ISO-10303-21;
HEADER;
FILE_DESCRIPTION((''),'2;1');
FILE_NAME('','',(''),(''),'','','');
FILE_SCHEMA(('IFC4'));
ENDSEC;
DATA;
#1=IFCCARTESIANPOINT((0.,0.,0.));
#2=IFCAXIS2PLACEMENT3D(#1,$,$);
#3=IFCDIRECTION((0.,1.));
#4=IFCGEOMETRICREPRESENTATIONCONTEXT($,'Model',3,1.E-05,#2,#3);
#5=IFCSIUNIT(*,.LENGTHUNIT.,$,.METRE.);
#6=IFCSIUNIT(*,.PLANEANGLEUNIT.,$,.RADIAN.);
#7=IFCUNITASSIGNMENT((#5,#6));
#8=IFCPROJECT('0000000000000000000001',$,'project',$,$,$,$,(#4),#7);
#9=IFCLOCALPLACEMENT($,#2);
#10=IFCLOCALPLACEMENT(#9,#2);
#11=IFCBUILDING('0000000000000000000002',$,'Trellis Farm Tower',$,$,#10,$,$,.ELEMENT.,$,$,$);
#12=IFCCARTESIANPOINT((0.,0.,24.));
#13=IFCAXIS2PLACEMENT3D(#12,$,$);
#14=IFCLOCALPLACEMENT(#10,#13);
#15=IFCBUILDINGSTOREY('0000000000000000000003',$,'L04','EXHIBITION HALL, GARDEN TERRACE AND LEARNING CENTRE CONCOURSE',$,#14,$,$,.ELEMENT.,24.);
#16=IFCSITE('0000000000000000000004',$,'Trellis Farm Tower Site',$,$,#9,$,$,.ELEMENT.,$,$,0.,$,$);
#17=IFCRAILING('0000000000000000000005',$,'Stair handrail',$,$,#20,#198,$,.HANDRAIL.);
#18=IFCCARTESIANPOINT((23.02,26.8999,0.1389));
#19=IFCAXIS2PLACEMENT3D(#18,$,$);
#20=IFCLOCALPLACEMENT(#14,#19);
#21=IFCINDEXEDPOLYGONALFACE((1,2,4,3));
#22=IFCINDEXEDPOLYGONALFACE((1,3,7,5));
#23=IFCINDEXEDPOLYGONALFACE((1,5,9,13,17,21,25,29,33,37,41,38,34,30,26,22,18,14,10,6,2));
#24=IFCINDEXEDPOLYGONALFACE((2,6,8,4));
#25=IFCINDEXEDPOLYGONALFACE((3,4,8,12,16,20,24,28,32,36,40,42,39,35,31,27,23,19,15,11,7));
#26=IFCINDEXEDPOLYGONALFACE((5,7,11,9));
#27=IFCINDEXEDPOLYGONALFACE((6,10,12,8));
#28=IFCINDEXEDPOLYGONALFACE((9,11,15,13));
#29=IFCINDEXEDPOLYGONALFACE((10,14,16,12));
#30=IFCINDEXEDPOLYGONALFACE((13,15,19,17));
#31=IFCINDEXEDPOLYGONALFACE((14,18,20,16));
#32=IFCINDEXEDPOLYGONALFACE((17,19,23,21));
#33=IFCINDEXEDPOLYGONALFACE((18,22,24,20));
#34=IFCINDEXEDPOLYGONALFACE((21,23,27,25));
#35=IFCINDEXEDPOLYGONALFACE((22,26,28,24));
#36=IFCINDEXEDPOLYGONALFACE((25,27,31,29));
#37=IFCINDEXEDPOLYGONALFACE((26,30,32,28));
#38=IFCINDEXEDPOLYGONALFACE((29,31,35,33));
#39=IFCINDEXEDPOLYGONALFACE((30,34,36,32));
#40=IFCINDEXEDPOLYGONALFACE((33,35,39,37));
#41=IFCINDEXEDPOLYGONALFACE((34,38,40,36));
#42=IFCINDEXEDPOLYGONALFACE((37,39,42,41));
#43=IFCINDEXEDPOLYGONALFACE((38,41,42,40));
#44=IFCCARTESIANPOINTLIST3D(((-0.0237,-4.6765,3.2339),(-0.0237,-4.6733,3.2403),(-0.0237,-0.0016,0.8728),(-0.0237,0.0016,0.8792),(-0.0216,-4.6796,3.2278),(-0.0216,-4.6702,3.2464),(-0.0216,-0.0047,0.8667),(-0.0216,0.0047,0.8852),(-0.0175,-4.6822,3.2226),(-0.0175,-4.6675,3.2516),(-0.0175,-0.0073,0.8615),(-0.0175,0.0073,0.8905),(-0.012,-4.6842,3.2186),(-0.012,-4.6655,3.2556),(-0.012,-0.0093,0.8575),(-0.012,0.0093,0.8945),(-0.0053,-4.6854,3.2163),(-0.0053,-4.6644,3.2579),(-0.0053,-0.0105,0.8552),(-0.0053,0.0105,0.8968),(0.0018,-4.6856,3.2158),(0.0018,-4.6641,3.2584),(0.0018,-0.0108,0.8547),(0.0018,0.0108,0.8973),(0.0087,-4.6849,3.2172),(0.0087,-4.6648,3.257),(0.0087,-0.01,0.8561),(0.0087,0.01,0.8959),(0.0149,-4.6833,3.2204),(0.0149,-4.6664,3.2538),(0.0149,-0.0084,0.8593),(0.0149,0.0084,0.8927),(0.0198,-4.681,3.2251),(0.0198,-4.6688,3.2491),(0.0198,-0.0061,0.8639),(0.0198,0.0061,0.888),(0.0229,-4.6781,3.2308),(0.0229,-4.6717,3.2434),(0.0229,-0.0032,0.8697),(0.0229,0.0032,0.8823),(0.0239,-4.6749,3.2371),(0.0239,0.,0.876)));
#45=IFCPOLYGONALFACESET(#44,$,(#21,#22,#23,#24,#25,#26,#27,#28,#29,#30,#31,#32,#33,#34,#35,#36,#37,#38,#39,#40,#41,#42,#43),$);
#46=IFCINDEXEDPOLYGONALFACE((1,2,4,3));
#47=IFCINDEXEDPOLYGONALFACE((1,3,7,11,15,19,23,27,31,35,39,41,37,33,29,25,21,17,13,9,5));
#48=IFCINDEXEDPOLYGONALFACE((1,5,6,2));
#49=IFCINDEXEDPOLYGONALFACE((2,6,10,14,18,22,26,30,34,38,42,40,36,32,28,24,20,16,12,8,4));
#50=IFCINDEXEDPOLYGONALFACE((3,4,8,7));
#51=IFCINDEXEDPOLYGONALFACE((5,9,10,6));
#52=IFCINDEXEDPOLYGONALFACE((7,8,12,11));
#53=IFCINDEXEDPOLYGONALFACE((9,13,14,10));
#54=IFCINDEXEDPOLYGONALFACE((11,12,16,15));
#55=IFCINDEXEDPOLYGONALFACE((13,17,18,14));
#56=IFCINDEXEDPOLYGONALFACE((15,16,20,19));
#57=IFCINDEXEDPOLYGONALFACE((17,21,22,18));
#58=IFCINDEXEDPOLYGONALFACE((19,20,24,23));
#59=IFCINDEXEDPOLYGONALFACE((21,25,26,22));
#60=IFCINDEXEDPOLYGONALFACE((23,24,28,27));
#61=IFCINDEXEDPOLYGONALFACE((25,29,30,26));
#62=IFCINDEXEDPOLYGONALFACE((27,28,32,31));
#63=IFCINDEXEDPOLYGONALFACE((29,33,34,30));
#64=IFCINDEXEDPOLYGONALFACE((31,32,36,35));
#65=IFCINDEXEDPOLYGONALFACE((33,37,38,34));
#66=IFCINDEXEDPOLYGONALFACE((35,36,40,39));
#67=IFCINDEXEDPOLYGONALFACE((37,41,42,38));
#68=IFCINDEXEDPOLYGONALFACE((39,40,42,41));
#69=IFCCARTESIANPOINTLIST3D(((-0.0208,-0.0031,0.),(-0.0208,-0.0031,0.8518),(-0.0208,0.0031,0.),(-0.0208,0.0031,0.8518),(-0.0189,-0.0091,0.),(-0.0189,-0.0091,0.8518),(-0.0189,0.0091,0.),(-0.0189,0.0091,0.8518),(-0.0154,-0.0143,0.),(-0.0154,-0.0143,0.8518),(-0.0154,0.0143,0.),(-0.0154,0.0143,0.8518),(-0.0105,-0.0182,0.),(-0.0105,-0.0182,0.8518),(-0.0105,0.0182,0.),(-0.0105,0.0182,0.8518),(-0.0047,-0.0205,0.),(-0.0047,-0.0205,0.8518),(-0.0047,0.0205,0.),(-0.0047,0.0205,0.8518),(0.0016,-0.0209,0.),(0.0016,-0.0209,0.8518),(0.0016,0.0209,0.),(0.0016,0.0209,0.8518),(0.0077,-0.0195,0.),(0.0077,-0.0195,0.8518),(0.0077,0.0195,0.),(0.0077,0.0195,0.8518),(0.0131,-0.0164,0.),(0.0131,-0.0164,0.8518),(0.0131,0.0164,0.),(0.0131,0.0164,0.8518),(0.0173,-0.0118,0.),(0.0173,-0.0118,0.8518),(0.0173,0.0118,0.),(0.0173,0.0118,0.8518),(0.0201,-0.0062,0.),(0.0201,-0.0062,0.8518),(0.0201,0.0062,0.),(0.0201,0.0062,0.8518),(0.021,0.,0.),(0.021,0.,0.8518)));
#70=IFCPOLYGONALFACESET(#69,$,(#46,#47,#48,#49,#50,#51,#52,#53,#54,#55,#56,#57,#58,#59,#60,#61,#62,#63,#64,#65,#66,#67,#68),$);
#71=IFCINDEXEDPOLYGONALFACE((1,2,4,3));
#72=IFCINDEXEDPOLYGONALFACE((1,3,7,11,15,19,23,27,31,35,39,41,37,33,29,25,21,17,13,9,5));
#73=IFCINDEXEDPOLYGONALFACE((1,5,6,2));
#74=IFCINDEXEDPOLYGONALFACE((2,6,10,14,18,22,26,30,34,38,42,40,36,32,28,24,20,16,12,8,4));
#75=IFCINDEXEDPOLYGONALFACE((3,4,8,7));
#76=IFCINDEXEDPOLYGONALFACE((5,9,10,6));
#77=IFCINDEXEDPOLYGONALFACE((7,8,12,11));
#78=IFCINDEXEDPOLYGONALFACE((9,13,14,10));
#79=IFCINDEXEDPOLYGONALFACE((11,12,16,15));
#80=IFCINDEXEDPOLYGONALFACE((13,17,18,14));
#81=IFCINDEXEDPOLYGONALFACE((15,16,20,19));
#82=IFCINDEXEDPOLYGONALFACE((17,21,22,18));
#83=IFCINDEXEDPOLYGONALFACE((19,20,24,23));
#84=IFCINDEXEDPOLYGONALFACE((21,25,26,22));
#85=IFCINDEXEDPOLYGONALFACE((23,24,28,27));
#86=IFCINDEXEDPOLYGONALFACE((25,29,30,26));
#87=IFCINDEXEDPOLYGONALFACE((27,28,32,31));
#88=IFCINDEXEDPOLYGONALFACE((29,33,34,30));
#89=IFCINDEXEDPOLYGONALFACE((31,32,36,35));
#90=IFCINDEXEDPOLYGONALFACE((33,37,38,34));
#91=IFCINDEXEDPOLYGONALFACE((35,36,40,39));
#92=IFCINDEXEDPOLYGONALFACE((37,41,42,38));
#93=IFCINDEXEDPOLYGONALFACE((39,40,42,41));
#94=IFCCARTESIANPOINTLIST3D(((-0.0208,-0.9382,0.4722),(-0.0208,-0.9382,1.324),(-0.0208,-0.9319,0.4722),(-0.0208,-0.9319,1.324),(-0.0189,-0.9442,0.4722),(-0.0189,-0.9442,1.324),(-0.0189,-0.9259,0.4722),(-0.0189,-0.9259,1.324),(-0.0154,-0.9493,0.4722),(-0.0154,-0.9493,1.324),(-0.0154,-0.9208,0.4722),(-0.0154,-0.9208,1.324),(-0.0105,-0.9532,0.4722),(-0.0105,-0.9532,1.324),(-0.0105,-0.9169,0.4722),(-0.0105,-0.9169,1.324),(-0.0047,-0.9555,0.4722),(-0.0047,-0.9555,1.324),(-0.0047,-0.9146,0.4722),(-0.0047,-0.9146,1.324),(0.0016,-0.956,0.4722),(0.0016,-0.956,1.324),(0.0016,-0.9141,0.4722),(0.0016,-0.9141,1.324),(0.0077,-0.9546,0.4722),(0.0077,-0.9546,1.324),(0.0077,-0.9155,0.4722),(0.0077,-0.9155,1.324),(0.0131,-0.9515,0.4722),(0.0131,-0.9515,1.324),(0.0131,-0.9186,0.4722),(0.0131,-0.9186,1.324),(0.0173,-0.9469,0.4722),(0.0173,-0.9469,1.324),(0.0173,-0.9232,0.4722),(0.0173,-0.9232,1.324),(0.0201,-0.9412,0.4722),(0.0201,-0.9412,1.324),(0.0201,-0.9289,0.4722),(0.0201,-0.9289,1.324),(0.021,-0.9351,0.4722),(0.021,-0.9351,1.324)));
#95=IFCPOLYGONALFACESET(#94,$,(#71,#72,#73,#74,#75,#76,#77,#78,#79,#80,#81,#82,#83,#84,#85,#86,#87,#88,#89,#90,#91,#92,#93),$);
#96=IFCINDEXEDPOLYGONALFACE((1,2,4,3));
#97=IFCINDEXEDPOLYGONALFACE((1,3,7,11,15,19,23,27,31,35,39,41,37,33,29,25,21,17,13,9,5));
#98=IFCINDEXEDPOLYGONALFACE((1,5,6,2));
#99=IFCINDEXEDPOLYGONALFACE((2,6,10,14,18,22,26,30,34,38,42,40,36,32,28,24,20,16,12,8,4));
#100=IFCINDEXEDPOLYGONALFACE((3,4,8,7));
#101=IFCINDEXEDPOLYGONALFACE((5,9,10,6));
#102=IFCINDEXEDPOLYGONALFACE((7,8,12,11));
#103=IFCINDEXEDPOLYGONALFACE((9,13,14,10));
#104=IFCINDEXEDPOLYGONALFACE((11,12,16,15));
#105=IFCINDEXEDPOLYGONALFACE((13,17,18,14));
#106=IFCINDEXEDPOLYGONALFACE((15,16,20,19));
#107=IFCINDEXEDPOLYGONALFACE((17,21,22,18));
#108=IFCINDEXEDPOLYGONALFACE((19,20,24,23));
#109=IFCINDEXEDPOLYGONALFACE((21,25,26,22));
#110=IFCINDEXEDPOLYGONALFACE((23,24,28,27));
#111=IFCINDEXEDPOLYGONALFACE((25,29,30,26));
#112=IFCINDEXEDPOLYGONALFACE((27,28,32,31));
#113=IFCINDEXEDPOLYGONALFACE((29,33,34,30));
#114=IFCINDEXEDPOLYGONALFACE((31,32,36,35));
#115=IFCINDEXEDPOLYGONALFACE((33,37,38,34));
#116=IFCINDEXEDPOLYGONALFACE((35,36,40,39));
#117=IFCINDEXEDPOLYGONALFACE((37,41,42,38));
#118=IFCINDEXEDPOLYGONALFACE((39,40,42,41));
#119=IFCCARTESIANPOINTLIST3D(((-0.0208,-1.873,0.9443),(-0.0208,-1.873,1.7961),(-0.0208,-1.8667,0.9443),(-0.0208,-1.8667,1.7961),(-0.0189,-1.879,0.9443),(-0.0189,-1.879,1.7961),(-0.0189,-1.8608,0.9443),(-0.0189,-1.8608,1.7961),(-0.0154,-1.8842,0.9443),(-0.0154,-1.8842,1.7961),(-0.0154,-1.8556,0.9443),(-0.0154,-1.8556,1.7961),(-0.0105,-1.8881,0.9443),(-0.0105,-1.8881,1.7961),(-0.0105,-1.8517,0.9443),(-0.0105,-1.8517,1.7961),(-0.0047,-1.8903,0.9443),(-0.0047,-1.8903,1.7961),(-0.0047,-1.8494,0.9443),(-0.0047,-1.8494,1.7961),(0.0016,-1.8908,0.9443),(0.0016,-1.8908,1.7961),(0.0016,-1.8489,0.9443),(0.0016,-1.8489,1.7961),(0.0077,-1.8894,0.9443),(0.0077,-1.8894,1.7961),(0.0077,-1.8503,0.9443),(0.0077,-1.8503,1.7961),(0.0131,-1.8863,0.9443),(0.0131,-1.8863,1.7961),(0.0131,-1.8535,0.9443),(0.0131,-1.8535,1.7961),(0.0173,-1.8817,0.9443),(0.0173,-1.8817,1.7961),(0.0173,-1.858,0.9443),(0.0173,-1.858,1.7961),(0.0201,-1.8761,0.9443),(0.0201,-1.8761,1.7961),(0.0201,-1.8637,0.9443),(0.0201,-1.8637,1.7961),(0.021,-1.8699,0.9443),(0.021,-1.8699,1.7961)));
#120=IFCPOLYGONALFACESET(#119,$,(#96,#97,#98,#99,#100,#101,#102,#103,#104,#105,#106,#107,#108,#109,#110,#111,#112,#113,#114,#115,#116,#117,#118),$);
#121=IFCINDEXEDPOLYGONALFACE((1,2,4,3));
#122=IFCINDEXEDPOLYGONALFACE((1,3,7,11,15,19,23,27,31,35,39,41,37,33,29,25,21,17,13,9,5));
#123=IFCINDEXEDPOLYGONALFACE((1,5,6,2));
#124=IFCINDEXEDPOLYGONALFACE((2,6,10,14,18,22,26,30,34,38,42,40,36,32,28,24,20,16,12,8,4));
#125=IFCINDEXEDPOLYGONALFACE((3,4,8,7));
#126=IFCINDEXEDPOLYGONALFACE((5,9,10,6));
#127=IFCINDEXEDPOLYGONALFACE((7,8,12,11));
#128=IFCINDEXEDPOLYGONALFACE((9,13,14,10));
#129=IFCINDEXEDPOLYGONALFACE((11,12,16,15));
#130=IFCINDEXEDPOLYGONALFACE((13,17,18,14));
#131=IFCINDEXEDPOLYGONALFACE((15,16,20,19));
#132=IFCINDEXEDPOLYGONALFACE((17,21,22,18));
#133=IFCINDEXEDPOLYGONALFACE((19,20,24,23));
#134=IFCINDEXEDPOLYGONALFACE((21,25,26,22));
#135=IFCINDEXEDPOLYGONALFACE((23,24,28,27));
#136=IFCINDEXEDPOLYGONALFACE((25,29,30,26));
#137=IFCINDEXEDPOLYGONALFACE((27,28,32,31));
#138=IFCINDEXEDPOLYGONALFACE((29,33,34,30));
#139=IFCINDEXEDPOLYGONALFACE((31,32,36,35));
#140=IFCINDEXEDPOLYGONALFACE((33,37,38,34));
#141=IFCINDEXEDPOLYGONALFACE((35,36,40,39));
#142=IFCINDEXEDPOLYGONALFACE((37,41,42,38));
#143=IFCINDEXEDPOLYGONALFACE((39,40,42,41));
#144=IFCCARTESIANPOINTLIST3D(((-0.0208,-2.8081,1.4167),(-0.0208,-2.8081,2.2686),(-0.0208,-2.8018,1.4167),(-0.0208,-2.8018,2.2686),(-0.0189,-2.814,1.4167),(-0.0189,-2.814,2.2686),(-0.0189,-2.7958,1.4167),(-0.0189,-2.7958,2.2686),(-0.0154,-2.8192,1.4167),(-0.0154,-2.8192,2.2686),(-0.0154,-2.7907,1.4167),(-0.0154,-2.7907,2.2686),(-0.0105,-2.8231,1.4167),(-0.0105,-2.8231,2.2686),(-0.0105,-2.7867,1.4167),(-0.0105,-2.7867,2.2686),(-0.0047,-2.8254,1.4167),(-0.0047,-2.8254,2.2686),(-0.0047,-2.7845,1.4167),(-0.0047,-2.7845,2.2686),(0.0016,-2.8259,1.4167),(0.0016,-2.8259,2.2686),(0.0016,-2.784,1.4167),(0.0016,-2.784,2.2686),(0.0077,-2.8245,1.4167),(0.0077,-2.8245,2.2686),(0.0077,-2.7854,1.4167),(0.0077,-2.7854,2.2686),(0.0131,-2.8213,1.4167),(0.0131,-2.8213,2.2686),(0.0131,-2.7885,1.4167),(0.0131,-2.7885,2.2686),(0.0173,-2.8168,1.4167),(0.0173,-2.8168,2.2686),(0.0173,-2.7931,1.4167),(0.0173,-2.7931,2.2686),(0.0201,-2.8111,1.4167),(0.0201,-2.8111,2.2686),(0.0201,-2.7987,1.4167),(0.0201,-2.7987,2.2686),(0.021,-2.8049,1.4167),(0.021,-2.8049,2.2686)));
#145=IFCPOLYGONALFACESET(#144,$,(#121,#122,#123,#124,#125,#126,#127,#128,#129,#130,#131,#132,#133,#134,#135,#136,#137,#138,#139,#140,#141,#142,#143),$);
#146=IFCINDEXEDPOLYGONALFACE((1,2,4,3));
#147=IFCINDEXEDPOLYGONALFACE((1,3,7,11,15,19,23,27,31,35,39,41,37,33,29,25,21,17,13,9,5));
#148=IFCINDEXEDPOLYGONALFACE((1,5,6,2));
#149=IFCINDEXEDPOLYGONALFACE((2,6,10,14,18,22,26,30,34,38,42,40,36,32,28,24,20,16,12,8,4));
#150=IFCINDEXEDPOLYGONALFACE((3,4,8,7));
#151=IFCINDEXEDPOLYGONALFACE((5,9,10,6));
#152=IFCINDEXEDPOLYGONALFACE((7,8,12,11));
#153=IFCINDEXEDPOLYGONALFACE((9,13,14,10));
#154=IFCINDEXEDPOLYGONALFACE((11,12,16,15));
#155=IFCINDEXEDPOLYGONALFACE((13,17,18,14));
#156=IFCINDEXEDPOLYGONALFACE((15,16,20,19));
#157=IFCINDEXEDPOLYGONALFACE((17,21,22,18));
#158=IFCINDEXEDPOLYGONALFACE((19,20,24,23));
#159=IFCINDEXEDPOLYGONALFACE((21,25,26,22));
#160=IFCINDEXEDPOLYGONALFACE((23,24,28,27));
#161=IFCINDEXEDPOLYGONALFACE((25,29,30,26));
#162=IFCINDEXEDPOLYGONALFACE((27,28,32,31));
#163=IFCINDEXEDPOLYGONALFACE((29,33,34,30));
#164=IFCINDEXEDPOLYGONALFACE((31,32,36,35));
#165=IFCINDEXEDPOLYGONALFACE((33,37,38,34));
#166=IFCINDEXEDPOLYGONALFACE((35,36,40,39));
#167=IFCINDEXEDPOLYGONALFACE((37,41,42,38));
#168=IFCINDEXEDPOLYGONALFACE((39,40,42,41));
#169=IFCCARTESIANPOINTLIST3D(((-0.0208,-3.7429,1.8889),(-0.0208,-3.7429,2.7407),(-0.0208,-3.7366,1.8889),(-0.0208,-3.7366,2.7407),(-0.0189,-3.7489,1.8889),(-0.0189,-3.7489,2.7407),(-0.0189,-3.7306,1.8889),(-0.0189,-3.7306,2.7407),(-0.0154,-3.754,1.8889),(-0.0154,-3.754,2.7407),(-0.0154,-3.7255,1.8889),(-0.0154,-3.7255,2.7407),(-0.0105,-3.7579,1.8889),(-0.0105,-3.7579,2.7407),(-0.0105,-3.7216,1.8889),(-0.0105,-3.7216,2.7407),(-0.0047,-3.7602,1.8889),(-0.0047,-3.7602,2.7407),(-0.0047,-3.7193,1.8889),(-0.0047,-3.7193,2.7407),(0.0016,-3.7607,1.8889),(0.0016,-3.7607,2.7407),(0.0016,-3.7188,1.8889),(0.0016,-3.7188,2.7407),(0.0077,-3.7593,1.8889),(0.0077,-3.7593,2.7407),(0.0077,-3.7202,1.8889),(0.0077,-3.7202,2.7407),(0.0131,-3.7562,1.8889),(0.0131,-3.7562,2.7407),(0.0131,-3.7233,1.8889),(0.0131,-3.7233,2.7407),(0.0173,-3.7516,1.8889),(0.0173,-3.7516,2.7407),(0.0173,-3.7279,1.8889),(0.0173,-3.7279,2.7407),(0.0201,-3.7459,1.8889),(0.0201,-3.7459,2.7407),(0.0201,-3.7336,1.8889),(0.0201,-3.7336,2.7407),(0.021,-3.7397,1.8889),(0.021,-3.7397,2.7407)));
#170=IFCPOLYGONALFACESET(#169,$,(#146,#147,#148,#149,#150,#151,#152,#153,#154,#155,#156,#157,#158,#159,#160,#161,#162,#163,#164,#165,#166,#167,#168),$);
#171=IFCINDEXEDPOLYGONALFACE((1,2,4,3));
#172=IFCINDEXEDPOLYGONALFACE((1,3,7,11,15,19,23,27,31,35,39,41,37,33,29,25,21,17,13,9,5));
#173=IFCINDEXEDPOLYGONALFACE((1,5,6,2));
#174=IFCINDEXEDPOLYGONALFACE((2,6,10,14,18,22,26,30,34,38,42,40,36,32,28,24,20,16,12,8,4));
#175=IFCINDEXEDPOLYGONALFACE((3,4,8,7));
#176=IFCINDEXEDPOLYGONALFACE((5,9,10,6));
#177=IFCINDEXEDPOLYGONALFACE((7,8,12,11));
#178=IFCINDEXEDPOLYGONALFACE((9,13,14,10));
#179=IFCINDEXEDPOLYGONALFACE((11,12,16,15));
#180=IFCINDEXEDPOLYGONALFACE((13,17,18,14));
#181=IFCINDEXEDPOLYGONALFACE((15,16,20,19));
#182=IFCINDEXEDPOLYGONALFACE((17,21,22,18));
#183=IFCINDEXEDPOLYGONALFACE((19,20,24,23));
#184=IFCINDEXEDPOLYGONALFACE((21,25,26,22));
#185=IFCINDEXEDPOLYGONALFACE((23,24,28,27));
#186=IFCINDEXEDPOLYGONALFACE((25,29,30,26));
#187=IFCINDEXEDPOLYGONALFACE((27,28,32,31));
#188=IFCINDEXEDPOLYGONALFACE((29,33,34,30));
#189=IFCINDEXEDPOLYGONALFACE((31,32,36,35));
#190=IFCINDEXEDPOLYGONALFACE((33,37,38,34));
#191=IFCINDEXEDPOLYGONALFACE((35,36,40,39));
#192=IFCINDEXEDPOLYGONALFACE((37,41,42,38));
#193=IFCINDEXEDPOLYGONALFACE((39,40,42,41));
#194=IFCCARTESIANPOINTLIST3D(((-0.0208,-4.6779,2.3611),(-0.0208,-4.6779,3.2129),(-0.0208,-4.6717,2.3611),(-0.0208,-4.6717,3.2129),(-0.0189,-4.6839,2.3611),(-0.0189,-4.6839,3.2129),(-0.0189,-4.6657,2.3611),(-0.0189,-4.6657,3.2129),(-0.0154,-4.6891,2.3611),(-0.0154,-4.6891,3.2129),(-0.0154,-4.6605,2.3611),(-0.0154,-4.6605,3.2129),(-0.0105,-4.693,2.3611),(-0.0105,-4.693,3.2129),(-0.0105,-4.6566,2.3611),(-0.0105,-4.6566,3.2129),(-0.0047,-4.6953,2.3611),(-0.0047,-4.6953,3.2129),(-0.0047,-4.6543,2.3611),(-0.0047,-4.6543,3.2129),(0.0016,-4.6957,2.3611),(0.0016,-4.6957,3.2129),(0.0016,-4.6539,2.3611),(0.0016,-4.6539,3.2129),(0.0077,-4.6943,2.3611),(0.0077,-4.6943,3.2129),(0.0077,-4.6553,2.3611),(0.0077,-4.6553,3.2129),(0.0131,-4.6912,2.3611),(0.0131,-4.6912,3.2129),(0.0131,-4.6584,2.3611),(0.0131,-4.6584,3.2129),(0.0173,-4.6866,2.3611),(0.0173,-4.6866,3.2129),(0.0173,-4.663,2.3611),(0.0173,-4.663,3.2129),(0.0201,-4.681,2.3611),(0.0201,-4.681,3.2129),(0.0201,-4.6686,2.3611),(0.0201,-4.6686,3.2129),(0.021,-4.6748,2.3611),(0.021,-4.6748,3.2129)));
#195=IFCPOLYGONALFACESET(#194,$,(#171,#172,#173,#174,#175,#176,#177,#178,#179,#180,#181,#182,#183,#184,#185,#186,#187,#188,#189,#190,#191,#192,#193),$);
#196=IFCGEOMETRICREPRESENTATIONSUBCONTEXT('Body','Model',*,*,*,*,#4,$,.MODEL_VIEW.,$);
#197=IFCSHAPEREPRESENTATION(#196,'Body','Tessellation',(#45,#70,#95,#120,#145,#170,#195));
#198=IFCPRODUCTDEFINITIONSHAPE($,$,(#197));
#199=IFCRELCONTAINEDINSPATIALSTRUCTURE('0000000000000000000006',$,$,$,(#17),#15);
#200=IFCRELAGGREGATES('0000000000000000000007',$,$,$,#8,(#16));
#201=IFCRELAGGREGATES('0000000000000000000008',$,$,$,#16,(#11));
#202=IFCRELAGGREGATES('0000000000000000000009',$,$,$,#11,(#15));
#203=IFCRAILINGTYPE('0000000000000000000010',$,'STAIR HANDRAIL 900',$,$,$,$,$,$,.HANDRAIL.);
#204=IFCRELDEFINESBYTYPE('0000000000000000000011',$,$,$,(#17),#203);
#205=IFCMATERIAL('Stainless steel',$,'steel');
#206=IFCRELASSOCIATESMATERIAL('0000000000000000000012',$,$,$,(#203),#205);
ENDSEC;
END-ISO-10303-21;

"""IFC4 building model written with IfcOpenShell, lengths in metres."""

from ifc_helpers import new_model, si_unit, direction, frame, origin, origin_2d, place, context, subcontext, project, spatial, circle, extrude, source, transform, mapped, material, type_object, element, save


model = new_model("IFC4")

# Units and contexts
model_context = context("Model", 3, precision=1e-05, world=origin(), true_north=direction((0.0, 1.0)))
body_context = subcontext(model_context, "Body", "Model", "MODEL_VIEW")
ifc_project = project(units=[si_unit("LENGTHUNIT", "METRE"), si_unit("PLANEANGLEUNIT", "RADIAN")], contexts=[model_context])

# Site, building, storey
site_placement = place(None, origin())
site = spatial("IfcSite", under=ifc_project, at=site_placement, Name="Trellis Farm Tower Site", CompositionType="ELEMENT", RefElevation=0.0)
building_placement = place(site_placement, origin())
building = spatial("IfcBuilding", under=site, at=building_placement, Name="Trellis Farm Tower", CompositionType="ELEMENT")
storey_placement = place(building_placement, frame((0.0, 0.0, 24.0)))
storey = spatial("IfcBuildingStorey", under=building, at=storey_placement, Name="L04", Description="EXHIBITION HALL, GARDEN TERRACE AND LEARNING CENTRE CONCOURSE", CompositionType="ELEMENT", Elevation=24.0)

# Railing
ifc_material_1 = material(Name="Stainless steel", Category="steel")
railing_type = type_object("IfcRailingType", Name="STAIR HANDRAIL 900", PredefinedType="HANDRAIL", material=ifc_material_1)
shared_shape_1 = source(origin(), body_context, "Body", "SweptSolid", [
    extrude(circle(Radius=0.0239, at=origin_2d()), frame((0.0, 0.0, 0.876), z_axis=(0.0, -0.892611, 0.450827), x_axis=(1.0, 0.0, 0.0)), (0.0, 0.0, 1.0), 5.2373),
    extrude(circle(Radius=0.021, at=origin_2d()), origin(), (0.0, 0.0, 1.0), 0.8518),
    extrude(circle(Radius=0.021, at=origin_2d()), frame((0.0, -0.9351, 0.4722)), (0.0, 0.0, 1.0), 0.8518),
    extrude(circle(Radius=0.021, at=origin_2d()), frame((0.0, -1.8699, 0.9443)), (0.0, 0.0, 1.0), 0.8518),
    extrude(circle(Radius=0.021, at=origin_2d()), frame((0.0, -2.8049, 1.4167)), (0.0, 0.0, 1.0), 0.8518),
    extrude(circle(Radius=0.021, at=origin_2d()), frame((0.0, -3.7397, 1.8889)), (0.0, 0.0, 1.0), 0.8518),
    extrude(circle(Radius=0.021, at=origin_2d()), frame((0.0, -4.6748, 2.3611)), (0.0, 0.0, 1.0), 0.8518),
])
for number, where, name in (
    (1, (23.02, 26.8999, 0.1389), "Stair handrail"),
):
    element("IfcRailing", number, at=place(storey_placement, frame(where)), inside=storey, type_object=railing_type, Name=name, PredefinedType="HANDRAIL", context=body_context, shape_type="MappedRepresentation", body=[
        mapped(shared_shape_1, transform((0.0, 0.0, 0.0))),
    ])

save(model, "model.ifc")
